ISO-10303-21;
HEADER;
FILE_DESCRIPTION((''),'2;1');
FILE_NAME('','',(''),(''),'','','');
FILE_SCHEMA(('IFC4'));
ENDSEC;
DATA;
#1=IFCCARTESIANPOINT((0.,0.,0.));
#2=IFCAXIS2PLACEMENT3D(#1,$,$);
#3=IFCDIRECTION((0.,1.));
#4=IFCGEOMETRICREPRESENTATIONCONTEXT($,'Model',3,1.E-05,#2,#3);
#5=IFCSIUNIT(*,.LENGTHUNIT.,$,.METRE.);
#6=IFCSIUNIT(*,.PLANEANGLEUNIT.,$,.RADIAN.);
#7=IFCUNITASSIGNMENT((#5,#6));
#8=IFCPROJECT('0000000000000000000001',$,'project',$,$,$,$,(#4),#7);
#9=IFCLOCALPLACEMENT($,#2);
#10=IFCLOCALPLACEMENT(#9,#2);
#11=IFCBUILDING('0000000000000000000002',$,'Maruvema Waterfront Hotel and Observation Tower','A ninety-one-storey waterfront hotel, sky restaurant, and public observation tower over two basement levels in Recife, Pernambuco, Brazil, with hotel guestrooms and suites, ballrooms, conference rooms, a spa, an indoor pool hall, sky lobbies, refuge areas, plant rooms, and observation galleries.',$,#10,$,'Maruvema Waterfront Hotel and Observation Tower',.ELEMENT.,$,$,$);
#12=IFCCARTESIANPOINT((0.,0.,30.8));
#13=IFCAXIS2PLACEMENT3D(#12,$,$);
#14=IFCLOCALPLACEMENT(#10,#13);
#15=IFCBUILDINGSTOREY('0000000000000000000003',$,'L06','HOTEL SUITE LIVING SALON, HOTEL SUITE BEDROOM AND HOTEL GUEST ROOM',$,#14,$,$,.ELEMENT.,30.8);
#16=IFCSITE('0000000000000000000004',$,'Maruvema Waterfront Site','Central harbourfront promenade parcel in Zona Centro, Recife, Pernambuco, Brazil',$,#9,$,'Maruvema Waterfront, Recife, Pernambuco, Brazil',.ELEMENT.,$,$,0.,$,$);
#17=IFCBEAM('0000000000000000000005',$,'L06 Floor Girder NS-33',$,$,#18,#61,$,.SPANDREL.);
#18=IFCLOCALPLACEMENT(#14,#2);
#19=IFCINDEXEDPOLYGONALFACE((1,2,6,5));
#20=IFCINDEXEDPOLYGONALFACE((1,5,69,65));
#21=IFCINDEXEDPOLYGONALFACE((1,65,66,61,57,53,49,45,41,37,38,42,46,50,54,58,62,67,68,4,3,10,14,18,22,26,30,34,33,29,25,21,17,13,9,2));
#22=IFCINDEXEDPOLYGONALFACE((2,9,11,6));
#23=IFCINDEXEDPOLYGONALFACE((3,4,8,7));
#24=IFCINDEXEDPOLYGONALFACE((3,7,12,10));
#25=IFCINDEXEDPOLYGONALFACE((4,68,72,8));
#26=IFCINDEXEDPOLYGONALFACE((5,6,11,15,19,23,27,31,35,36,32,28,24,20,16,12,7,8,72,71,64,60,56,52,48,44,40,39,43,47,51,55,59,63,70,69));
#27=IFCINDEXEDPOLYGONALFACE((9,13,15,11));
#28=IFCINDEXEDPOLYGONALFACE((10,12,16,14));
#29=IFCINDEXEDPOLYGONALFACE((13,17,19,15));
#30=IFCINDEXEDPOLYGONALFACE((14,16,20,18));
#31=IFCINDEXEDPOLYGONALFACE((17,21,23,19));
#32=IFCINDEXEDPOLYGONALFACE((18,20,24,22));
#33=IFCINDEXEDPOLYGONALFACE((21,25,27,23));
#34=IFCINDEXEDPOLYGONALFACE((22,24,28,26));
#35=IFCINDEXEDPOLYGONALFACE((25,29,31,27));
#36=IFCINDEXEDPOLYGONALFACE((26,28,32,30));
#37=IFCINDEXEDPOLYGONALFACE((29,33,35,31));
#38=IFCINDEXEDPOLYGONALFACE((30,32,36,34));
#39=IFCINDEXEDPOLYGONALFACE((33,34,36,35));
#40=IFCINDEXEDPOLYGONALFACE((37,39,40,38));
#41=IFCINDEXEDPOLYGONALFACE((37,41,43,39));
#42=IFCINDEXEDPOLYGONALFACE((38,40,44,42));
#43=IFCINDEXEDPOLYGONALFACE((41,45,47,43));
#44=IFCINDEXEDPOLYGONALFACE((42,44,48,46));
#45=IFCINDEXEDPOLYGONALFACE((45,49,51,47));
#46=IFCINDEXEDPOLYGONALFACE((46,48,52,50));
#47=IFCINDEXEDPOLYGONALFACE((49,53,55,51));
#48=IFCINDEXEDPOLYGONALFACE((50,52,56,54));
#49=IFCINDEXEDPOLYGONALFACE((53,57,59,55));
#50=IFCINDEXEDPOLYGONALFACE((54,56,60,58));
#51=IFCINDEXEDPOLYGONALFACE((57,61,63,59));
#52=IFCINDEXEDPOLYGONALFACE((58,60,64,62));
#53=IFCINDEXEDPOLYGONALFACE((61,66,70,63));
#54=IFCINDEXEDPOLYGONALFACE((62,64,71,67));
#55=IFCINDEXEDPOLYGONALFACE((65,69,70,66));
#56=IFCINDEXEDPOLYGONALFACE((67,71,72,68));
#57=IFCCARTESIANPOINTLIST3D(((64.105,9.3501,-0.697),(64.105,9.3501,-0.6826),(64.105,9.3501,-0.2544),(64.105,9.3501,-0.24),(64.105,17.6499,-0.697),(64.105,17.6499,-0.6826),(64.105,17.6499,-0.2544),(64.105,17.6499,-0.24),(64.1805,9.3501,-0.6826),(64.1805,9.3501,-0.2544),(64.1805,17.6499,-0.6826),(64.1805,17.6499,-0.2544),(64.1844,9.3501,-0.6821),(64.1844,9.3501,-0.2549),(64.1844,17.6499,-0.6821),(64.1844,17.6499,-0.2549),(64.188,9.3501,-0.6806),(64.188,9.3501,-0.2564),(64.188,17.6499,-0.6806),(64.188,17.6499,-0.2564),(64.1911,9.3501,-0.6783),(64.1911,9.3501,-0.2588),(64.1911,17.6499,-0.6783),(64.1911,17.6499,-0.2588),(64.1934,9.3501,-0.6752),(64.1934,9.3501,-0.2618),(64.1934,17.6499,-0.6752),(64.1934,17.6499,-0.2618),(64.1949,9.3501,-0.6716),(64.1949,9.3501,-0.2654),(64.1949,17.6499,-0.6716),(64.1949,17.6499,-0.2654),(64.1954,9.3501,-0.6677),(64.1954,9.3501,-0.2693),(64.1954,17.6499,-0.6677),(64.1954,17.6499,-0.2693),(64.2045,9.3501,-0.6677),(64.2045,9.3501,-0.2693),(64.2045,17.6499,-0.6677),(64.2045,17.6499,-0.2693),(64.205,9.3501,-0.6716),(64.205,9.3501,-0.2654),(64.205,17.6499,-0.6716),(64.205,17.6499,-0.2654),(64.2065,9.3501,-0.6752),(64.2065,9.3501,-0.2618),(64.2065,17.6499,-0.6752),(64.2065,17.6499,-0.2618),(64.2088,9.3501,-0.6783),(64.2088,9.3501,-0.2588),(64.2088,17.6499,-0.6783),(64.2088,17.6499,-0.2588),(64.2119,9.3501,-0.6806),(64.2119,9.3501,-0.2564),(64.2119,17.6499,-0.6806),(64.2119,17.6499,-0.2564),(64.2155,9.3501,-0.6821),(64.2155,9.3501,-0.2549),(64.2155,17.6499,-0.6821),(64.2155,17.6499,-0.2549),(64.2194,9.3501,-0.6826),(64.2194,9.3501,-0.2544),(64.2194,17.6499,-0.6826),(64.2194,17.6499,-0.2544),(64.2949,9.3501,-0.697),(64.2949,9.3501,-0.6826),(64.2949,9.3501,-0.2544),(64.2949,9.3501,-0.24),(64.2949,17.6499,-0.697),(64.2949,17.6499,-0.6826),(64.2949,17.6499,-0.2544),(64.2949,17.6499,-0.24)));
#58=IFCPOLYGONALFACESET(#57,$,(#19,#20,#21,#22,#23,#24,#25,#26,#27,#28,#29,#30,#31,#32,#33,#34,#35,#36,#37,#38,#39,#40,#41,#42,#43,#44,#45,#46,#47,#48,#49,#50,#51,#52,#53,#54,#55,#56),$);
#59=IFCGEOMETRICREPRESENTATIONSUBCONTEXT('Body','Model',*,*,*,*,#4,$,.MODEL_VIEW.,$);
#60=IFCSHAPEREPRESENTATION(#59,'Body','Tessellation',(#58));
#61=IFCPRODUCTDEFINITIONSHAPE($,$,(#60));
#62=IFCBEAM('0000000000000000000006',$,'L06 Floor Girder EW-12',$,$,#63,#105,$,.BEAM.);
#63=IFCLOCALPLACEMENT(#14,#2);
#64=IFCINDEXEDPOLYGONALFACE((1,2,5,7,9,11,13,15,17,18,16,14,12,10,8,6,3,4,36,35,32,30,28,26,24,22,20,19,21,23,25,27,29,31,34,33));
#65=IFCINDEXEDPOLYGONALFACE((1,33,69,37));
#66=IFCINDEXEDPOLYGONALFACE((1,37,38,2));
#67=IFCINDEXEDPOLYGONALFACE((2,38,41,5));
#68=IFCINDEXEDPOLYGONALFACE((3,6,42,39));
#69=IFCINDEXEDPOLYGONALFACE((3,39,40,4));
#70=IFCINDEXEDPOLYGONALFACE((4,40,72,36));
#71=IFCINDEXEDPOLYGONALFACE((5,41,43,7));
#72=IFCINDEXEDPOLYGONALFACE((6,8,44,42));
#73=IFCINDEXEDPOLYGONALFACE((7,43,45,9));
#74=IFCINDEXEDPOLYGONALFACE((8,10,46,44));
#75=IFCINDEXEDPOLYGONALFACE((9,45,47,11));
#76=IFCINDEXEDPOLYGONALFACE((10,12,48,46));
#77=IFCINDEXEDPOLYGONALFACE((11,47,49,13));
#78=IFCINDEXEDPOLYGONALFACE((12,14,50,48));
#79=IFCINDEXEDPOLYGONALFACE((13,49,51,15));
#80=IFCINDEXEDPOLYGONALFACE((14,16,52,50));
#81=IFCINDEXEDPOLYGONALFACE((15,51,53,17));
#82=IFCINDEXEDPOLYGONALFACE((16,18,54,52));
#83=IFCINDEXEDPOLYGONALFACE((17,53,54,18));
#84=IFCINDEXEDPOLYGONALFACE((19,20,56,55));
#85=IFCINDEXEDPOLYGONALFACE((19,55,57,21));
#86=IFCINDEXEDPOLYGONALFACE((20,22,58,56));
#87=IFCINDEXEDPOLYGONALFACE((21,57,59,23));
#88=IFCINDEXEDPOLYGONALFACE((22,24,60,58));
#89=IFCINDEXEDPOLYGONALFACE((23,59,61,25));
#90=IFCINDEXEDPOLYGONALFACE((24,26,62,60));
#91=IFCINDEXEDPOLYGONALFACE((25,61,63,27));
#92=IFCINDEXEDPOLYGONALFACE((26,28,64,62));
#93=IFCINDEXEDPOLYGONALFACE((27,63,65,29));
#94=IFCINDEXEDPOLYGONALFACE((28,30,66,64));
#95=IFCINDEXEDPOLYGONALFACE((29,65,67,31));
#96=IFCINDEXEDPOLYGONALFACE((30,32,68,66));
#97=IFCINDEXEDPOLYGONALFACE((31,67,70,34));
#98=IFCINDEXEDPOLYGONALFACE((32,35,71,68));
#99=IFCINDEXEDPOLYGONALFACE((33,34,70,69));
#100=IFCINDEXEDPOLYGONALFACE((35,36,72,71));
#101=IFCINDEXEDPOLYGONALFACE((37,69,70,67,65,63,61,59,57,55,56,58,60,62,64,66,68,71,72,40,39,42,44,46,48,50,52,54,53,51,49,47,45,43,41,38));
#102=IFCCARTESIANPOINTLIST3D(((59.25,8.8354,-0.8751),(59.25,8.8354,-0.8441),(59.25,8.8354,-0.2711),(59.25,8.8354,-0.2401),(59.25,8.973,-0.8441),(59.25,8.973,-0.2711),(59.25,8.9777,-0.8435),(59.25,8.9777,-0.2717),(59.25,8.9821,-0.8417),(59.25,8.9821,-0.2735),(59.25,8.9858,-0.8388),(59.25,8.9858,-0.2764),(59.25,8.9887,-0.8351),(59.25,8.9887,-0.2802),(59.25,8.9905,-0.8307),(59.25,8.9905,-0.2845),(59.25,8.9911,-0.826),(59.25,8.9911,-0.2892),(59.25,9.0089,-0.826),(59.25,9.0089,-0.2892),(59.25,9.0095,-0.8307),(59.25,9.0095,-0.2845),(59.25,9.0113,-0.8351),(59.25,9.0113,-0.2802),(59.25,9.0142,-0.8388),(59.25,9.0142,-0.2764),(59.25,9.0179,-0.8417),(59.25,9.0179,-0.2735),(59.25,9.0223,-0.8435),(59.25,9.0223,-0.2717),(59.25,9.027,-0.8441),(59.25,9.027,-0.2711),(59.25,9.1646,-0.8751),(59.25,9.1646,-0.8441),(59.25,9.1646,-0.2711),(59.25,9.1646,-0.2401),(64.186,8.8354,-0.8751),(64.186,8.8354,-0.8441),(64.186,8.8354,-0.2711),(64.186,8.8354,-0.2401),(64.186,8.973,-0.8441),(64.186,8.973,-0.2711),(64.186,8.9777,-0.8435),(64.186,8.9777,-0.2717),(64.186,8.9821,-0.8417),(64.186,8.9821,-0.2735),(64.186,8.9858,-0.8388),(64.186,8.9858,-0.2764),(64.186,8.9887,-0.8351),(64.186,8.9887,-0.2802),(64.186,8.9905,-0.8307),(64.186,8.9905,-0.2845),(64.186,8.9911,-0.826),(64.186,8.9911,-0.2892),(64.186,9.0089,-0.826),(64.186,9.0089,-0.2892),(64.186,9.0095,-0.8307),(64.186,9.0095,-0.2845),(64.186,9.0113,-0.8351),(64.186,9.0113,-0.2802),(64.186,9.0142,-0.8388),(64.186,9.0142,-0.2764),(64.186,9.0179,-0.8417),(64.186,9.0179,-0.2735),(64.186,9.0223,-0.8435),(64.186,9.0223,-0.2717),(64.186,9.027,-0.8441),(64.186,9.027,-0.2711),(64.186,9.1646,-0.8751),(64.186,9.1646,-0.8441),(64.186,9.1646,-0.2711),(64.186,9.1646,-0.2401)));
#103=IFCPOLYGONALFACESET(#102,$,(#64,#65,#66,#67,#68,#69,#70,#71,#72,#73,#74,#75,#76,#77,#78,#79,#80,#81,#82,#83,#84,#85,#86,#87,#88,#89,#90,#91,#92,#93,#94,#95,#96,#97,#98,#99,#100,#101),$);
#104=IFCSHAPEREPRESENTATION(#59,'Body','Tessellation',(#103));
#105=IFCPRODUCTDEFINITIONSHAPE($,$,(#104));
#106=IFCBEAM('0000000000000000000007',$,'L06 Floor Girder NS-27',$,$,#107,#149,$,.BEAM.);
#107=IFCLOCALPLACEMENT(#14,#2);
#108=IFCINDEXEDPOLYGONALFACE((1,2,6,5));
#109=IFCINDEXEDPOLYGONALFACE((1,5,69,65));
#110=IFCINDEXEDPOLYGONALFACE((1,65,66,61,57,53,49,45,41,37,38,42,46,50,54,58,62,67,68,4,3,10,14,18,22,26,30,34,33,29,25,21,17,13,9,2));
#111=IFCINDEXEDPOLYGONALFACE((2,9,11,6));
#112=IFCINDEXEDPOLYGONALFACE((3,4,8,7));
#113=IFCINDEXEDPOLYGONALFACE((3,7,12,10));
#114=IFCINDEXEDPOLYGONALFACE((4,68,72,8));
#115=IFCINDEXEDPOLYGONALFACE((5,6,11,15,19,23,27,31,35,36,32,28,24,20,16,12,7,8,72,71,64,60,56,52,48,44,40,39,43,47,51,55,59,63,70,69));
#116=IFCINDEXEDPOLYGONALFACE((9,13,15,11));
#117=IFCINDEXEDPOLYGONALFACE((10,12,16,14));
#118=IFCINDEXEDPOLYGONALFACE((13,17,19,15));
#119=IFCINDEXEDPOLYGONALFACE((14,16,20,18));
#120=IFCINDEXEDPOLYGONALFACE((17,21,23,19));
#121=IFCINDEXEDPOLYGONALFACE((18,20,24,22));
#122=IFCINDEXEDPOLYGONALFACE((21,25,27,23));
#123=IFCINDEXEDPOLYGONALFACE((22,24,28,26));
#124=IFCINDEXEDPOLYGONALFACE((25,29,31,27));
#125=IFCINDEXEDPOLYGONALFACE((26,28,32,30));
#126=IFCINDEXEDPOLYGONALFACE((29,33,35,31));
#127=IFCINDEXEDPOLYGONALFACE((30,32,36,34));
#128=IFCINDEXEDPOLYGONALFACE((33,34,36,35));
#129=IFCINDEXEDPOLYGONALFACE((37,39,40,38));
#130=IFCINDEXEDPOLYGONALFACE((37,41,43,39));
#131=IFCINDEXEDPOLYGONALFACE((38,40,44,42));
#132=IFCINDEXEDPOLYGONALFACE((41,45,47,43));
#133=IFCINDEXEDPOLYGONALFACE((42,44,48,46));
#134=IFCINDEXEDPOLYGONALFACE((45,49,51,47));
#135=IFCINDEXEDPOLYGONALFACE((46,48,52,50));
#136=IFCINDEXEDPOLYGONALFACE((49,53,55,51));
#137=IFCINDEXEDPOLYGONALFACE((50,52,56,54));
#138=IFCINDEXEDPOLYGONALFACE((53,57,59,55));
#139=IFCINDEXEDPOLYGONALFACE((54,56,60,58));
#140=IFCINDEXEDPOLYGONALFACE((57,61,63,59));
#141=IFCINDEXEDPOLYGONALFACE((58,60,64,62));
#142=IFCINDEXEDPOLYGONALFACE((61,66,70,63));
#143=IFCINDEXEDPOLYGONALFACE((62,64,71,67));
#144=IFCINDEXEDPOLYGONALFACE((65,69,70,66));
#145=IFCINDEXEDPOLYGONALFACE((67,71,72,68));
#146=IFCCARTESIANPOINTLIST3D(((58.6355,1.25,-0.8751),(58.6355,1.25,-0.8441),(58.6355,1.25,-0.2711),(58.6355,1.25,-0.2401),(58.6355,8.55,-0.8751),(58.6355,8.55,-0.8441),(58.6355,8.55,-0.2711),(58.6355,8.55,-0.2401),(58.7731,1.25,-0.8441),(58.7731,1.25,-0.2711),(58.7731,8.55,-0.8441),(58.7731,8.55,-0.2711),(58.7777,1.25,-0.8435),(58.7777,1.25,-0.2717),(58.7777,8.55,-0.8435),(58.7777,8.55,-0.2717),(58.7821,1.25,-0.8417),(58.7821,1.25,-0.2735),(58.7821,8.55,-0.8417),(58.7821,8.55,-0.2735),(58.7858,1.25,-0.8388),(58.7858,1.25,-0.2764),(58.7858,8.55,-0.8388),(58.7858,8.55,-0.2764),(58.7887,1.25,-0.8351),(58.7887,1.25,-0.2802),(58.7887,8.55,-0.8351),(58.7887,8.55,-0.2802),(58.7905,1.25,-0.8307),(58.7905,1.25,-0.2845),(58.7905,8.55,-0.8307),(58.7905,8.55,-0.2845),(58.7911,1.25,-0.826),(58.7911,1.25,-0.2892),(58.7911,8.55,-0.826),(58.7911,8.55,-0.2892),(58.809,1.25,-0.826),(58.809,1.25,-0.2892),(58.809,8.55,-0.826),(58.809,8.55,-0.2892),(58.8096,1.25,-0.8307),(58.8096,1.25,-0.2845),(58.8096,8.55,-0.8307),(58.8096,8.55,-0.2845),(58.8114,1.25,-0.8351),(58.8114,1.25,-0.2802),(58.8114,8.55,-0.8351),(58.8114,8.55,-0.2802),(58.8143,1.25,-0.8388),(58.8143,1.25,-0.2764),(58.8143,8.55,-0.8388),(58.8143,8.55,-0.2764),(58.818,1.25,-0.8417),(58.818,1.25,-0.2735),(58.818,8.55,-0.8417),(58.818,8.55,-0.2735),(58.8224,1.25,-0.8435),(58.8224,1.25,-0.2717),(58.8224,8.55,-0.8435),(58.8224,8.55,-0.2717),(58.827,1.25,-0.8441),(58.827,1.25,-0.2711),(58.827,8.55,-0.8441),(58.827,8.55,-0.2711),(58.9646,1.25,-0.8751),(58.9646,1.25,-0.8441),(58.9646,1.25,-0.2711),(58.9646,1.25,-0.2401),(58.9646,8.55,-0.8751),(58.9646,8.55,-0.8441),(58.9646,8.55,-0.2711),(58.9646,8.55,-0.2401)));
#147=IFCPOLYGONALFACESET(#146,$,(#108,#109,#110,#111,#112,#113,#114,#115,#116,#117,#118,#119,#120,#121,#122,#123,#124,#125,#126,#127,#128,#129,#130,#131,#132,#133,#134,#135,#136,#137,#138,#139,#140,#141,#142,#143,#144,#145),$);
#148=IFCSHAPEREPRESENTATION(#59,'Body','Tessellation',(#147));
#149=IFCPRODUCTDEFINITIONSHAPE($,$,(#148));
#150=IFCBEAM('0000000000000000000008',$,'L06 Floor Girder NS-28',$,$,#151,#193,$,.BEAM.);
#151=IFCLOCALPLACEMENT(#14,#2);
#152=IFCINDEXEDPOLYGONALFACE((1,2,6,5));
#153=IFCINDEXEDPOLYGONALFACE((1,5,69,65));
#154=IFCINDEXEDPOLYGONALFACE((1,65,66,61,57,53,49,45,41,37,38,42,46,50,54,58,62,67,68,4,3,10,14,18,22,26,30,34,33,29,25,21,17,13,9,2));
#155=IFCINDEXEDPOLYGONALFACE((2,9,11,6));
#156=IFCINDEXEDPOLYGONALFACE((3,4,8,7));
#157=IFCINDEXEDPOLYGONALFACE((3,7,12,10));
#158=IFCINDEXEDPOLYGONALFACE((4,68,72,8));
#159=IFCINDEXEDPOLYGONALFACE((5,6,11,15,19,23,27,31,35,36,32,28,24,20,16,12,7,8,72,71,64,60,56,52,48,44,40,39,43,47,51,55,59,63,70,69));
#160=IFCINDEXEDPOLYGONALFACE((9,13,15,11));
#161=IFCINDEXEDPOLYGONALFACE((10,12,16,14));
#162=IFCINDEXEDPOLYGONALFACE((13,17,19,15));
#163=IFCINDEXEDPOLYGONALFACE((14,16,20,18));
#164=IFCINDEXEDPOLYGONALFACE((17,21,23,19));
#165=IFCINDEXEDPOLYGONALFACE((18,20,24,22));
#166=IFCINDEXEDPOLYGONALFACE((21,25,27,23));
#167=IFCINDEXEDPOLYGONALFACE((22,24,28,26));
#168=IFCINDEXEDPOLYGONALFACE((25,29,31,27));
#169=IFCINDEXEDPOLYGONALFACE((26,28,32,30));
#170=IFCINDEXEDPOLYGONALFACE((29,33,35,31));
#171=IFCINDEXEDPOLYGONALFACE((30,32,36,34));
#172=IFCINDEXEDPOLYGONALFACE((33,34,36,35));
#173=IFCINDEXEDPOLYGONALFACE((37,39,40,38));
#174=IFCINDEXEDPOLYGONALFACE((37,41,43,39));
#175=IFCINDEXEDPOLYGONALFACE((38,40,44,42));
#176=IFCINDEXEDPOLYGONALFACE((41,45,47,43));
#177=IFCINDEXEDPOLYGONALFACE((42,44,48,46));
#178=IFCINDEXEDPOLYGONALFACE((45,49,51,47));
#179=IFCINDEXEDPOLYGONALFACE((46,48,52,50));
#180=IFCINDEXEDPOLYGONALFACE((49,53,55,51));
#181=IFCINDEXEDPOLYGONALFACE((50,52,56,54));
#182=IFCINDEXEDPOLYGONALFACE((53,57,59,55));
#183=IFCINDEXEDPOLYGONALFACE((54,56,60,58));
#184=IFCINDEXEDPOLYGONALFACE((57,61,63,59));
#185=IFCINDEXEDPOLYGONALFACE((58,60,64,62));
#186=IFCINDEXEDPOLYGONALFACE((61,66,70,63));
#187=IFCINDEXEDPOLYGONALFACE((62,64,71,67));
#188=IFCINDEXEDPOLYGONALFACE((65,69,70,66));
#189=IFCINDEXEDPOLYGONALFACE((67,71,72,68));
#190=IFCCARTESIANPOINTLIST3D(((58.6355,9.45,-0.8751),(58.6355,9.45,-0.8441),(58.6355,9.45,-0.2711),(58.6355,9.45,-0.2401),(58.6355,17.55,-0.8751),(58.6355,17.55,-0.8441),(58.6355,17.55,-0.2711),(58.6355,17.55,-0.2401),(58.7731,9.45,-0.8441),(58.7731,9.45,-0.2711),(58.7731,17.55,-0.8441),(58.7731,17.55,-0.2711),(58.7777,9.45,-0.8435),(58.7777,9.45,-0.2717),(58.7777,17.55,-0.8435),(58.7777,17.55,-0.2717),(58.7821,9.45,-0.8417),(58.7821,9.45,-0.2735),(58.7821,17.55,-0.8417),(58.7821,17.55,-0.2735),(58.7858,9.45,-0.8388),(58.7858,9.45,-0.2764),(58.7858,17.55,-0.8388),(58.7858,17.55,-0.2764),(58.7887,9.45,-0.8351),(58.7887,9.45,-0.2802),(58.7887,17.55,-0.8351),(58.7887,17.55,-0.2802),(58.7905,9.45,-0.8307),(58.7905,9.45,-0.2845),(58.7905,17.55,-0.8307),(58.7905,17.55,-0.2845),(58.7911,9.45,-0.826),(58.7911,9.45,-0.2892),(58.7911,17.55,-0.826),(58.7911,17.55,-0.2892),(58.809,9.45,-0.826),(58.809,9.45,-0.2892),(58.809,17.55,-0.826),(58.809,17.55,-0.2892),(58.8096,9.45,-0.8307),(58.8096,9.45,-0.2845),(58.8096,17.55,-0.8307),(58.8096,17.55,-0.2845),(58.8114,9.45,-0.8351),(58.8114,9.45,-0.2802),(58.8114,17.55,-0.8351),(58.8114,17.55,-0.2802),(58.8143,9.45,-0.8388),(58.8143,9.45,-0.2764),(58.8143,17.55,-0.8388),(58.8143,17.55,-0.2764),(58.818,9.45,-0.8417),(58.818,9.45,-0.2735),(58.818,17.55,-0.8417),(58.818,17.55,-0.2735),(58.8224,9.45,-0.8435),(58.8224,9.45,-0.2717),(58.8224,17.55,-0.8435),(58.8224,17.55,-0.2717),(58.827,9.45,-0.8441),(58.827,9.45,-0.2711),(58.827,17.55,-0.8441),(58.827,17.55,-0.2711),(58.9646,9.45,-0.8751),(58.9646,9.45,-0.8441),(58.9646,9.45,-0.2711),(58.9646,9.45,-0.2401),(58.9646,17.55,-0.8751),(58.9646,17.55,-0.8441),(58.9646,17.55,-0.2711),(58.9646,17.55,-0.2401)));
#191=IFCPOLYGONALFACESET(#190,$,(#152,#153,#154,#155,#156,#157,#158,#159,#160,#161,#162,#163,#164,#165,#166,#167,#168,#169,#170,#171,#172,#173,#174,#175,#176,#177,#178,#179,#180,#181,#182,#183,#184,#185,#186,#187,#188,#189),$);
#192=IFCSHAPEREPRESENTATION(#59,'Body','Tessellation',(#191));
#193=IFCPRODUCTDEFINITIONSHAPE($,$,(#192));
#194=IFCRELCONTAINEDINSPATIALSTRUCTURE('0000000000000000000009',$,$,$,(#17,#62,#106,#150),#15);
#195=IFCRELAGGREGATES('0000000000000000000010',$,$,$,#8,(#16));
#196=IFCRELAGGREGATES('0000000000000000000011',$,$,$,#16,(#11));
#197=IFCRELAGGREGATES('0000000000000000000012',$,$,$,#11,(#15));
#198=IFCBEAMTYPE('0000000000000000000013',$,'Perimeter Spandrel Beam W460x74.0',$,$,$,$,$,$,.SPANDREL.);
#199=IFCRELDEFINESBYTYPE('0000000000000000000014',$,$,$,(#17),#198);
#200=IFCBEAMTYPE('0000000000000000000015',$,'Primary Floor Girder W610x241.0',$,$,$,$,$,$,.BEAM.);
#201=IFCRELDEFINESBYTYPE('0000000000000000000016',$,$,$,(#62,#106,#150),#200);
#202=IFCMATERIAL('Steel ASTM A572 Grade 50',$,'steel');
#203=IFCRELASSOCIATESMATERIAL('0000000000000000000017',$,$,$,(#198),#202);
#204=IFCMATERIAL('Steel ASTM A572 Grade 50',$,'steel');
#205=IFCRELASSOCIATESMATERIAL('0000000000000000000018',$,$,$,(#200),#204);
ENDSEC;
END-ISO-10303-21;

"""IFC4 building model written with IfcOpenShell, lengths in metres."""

from ifc_helpers import new_model, si_unit, direction, frame, origin, origin_2d, place, context, subcontext, project, spatial, i_section, extrude, material, material_profile, profile_set, type_object, element, save


model = new_model("IFC4")

# Units and contexts
model_context = context("Model", 3, precision=1e-05, world=origin(), true_north=direction((0.0, 1.0)))
body_context = subcontext(model_context, "Body", "Model", "MODEL_VIEW")
ifc_project = project(units=[si_unit("LENGTHUNIT", "METRE"), si_unit("PLANEANGLEUNIT", "RADIAN")], contexts=[model_context])

# Site, building, storey
site_placement = place(None, origin())
site = spatial("IfcSite", under=ifc_project, at=site_placement, Name="Maruvema Waterfront Site", Description="Central harbourfront promenade parcel in Zona Centro, Recife, Pernambuco, Brazil", LongName="Maruvema Waterfront, Recife, Pernambuco, Brazil", CompositionType="ELEMENT", RefElevation=0.0)
building_placement = place(site_placement, origin())
building = spatial("IfcBuilding", under=site, at=building_placement, Name="Maruvema Waterfront Hotel and Observation Tower", Description="A ninety-one-storey waterfront hotel, sky restaurant, and public observation tower over two basement levels in Recife, Pernambuco, Brazil, with hotel guestrooms and suites, ballrooms, conference rooms, a spa, an indoor pool hall, sky lobbies, refuge areas, plant rooms, and observation galleries.", LongName="Maruvema Waterfront Hotel and Observation Tower", CompositionType="ELEMENT")
storey_placement = place(building_placement, frame((0.0, 0.0, 30.8)))
storey = spatial("IfcBuildingStorey", under=building, at=storey_placement, Name="L06", Description="HOTEL SUITE LIVING SALON, HOTEL SUITE BEDROOM AND HOTEL GUEST ROOM", CompositionType="ELEMENT", Elevation=30.8)

# Beams
ifc_material_1 = material(Name="Steel ASTM A572 Grade 50", Category="steel")
ifc_material_profile_1 = material_profile(ifc_material_1, i_section(OverallWidth=0.1899, OverallDepth=0.457, WebThickness=0.009, FlangeThickness=0.0144, FilletRadius=0.0149, at=origin_2d()), Name="W460x74.0")
ifc_profile_set_1 = profile_set([ifc_material_profile_1], Name="Steel ASTM A572 Grade 50")
beam_type_1 = type_object("IfcBeamType", Name="Perimeter Spandrel Beam W460x74.0", PredefinedType="SPANDREL", material=ifc_profile_set_1)
beam_1_placement = place(storey_placement, frame((64.2, 9.3501, -0.4685), z_axis=(0.0, 1.0, 0.0), x_axis=(-1.0, 0.0, 0.0)))
element("IfcBeam", 1, at=beam_1_placement, inside=storey, type_object=beam_type_1, Name="L06 Floor Girder NS-33", PredefinedType="SPANDREL", context=body_context, shape_type="SweptSolid", body=[
    extrude(i_section(OverallWidth=0.1899, OverallDepth=0.457, WebThickness=0.009, FlangeThickness=0.0144, FilletRadius=0.0149, at=origin_2d()), origin(), (0.0, 0.0, 1.0), 8.2998),
])
ifc_material_2 = material(Name="Steel ASTM A572 Grade 50", Category="steel")
ifc_material_profile_2 = material_profile(ifc_material_2, i_section(OverallWidth=0.3291, OverallDepth=0.635, WebThickness=0.0178, FlangeThickness=0.031, FilletRadius=0.0181, at=origin_2d()), Name="W610x241.0")
ifc_profile_set_2 = profile_set([ifc_material_profile_2], Name="Steel ASTM A572 Grade 50")
beam_type_2 = type_object("IfcBeamType", Name="Primary Floor Girder W610x241.0", PredefinedType="BEAM", material=ifc_profile_set_2)
beam_2_placement = place(storey_placement, frame((59.25, 9.0, -0.5576), z_axis=(1.0, 0.0, 0.0), x_axis=(0.0, 1.0, 0.0)))
element("IfcBeam", 2, at=beam_2_placement, inside=storey, type_object=beam_type_2, Name="L06 Floor Girder EW-12", PredefinedType="BEAM", context=body_context, shape_type="SweptSolid", body=[
    extrude(i_section(OverallWidth=0.3291, OverallDepth=0.635, WebThickness=0.0178, FlangeThickness=0.031, FilletRadius=0.0181, at=origin_2d()), origin(), (0.0, 0.0, 1.0), 4.936),
])
beam_3_placement = place(storey_placement, frame((58.8, 1.25, -0.5576), z_axis=(0.0, 1.0, 0.0), x_axis=(-1.0, 0.0, 0.0)))
element("IfcBeam", 3, at=beam_3_placement, inside=storey, type_object=beam_type_2, Name="L06 Floor Girder NS-27", PredefinedType="BEAM", context=body_context, shape_type="SweptSolid", body=[
    extrude(i_section(OverallWidth=0.3291, OverallDepth=0.635, WebThickness=0.0178, FlangeThickness=0.031, FilletRadius=0.0181, at=origin_2d()), origin(), (0.0, 0.0, 1.0), 7.3),
])
beam_4_placement = place(storey_placement, frame((58.8, 9.45, -0.5576), z_axis=(0.0, 1.0, 0.0), x_axis=(-1.0, 0.0, 0.0)))
element("IfcBeam", 4, at=beam_4_placement, inside=storey, type_object=beam_type_2, Name="L06 Floor Girder NS-28", PredefinedType="BEAM", context=body_context, shape_type="SweptSolid", body=[
    extrude(i_section(OverallWidth=0.3291, OverallDepth=0.635, WebThickness=0.0178, FlangeThickness=0.031, FilletRadius=0.0181, at=origin_2d()), origin(), (0.0, 0.0, 1.0), 8.1001),
])

save(model, "model.ifc")
